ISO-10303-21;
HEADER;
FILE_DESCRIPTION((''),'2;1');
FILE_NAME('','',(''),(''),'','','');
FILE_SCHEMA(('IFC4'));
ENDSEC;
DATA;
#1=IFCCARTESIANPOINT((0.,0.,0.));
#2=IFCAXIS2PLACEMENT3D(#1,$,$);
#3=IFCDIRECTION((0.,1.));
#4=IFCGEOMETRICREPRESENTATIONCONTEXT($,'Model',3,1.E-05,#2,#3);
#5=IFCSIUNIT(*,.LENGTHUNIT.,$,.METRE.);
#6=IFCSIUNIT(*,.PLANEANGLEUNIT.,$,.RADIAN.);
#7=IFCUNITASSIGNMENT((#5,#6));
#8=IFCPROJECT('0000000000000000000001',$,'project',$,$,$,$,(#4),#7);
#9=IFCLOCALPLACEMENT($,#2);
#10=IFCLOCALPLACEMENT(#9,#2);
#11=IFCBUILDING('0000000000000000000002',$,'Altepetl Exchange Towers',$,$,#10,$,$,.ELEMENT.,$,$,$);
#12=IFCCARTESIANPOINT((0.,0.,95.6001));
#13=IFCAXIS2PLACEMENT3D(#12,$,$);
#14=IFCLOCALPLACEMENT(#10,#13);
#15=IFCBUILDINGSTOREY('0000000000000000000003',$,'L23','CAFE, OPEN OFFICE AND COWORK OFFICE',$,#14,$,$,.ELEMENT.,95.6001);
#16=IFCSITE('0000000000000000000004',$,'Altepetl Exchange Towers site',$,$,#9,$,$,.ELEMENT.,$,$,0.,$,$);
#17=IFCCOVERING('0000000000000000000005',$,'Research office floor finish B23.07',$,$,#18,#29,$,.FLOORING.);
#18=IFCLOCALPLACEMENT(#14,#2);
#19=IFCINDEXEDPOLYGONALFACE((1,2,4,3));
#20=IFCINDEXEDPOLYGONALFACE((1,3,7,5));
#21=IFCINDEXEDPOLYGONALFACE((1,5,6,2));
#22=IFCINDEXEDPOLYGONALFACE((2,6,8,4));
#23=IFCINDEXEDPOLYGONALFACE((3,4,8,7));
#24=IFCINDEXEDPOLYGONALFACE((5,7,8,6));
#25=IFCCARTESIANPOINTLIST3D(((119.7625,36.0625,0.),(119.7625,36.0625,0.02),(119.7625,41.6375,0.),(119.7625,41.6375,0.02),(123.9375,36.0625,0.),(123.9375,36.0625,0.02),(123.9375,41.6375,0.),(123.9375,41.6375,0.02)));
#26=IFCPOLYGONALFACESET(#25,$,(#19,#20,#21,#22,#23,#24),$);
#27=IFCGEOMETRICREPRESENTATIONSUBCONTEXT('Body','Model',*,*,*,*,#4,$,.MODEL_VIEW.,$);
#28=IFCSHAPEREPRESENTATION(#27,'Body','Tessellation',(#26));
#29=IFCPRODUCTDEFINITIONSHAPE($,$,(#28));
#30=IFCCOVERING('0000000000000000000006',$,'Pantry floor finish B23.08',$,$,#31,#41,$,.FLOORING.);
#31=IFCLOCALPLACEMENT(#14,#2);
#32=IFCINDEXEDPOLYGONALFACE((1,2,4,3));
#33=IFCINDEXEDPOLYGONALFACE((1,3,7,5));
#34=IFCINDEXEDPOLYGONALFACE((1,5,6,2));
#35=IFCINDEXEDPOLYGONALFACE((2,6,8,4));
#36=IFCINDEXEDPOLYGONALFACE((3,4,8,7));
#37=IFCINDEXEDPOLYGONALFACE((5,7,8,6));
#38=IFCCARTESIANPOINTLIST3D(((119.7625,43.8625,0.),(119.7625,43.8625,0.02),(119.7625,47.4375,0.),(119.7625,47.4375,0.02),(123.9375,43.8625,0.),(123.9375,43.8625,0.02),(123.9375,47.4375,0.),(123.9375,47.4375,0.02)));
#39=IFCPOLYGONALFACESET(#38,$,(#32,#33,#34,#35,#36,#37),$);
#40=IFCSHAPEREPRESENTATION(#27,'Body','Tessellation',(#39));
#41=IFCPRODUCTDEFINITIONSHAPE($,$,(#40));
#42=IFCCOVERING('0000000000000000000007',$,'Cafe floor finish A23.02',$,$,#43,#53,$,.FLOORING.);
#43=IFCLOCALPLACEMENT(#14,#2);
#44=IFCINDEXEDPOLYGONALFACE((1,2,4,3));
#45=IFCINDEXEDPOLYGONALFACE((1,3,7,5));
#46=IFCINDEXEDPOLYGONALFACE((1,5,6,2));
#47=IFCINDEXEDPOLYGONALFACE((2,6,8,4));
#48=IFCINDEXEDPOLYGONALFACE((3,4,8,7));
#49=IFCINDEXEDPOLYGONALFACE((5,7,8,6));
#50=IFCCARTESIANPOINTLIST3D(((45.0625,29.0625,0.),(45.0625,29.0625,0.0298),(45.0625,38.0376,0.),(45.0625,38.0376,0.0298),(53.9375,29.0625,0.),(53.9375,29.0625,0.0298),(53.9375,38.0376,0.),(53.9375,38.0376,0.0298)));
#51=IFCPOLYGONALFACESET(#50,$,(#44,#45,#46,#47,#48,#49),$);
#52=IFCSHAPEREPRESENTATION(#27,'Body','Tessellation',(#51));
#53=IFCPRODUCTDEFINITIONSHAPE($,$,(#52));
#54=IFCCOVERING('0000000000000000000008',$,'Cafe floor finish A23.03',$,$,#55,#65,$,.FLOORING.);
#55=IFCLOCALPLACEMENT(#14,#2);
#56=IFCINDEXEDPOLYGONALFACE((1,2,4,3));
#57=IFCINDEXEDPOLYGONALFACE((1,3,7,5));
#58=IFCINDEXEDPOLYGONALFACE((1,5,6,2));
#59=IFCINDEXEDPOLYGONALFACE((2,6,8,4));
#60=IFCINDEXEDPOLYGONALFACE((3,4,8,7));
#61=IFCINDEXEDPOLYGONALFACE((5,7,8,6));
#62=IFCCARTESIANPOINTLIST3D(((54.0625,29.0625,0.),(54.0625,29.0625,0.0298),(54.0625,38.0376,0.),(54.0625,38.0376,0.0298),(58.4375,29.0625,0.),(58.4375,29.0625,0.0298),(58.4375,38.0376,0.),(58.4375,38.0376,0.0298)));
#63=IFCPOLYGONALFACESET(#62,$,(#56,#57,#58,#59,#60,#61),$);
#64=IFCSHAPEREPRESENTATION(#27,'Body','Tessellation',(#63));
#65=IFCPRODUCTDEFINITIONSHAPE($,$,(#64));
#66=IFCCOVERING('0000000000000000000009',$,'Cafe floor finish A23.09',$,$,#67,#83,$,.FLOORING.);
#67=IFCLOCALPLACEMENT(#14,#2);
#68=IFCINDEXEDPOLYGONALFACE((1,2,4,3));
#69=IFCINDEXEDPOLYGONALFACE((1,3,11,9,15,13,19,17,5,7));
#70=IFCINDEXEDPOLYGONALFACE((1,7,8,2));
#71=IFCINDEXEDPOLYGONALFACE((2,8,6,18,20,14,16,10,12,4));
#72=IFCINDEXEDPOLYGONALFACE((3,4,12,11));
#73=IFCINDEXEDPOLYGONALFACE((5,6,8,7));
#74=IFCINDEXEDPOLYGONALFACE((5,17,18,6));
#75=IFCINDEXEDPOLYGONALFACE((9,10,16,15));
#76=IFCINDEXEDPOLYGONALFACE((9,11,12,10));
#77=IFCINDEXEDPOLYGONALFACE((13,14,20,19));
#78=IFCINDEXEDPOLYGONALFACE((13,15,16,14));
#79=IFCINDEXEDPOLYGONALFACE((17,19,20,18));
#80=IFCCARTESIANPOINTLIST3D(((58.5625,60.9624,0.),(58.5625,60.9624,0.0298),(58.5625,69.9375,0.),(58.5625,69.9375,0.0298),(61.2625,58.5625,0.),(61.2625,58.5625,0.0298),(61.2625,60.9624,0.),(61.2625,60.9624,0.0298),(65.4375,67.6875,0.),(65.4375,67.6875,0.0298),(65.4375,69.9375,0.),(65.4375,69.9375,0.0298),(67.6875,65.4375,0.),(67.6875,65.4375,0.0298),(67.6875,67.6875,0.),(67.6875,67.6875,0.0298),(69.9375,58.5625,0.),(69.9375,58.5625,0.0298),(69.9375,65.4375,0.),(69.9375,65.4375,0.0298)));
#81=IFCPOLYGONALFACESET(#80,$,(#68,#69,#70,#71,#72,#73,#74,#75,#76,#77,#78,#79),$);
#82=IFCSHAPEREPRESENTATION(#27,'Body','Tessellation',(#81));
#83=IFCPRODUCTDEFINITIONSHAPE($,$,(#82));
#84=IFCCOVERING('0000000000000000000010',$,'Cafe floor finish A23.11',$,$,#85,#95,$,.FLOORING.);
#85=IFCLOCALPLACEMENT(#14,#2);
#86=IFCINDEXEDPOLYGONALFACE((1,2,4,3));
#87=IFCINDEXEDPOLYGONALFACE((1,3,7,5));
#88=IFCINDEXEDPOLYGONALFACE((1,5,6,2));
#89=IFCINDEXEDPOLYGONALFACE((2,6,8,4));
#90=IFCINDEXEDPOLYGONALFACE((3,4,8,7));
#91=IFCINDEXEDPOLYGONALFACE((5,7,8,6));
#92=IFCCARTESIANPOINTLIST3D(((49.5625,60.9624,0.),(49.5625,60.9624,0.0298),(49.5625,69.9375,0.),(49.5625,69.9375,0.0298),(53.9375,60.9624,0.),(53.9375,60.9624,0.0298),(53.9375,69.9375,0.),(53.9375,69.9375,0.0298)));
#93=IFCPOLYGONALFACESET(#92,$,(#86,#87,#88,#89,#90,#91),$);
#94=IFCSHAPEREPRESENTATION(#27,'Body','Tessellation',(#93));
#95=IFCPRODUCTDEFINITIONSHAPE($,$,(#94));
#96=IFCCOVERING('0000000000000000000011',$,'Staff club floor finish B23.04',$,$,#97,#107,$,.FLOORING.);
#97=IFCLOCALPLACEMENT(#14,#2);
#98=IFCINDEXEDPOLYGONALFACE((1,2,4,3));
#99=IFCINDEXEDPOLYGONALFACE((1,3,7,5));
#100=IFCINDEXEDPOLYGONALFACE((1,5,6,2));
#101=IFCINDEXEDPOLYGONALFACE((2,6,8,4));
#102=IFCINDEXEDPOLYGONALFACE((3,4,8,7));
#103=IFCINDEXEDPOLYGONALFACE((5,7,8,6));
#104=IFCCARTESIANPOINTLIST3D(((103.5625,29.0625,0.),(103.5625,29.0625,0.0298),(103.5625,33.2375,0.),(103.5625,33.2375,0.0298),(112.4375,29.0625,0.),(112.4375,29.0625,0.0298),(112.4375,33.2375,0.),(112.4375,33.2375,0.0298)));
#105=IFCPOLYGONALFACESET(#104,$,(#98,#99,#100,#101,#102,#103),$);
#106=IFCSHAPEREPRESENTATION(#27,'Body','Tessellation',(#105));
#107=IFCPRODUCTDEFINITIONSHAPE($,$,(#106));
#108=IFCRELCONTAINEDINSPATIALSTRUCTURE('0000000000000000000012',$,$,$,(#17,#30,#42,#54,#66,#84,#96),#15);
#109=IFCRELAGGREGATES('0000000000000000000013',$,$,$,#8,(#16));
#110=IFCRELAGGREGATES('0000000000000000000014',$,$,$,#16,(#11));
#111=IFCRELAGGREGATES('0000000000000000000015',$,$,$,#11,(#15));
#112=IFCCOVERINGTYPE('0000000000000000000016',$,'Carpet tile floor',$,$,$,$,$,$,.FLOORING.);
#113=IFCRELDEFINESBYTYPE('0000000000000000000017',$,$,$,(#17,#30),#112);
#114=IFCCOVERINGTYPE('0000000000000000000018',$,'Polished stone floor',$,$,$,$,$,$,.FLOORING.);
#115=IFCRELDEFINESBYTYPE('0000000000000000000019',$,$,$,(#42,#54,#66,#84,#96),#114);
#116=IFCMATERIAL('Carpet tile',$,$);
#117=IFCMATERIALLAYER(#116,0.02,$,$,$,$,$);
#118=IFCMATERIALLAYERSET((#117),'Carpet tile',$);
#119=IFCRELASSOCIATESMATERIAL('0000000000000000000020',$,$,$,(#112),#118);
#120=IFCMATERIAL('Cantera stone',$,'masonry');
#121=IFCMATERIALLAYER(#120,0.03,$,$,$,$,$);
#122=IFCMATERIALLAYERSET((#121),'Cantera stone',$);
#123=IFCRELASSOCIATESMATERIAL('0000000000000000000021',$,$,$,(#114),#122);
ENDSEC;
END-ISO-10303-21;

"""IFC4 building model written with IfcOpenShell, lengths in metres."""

from ifc_helpers import new_model, si_unit, direction, frame, origin, place, context, subcontext, project, spatial, polyline, outline, extrude, material, layer, layer_set, type_object, element, save


model = new_model("IFC4")

# Units and contexts
model_context = context("Model", 3, precision=1e-05, world=origin(), true_north=direction((0.0, 1.0)))
body_context = subcontext(model_context, "Body", "Model", "MODEL_VIEW")
ifc_project = project(units=[si_unit("LENGTHUNIT", "METRE"), si_unit("PLANEANGLEUNIT", "RADIAN")], contexts=[model_context])

# Site, building, storey
site_placement = place(None, origin())
site = spatial("IfcSite", under=ifc_project, at=site_placement, Name="Altepetl Exchange Towers site", CompositionType="ELEMENT", RefElevation=0.0)
building_placement = place(site_placement, origin())
building = spatial("IfcBuilding", under=site, at=building_placement, Name="Altepetl Exchange Towers", CompositionType="ELEMENT")
storey_placement = place(building_placement, frame((0.0, 0.0, 95.6001)))
storey = spatial("IfcBuildingStorey", under=building, at=storey_placement, Name="L23", Description="CAFE, OPEN OFFICE AND COWORK OFFICE", CompositionType="ELEMENT", Elevation=95.6001)

# Coverings
ifc_material_1 = material(Name="Carpet tile")
ifc_layer_1 = layer(ifc_material_1, 0.02)
ifc_layer_set_1 = layer_set([ifc_layer_1], Name="Carpet tile")
covering_type_1 = type_object("IfcCoveringType", Name="Carpet tile floor", PredefinedType="FLOORING", material=ifc_layer_set_1)
covering_1_placement = place(storey_placement, origin())
element("IfcCovering", 1, at=covering_1_placement, inside=storey, type_object=covering_type_1, Name="Research office floor finish B23.07", PredefinedType="FLOORING", context=body_context, shape_type="SweptSolid", body=[
    extrude(outline(polyline([(119.7625, 41.6375), (119.7625, 36.0625), (123.9375, 36.0625), (123.9375, 41.6375), (119.7625, 41.6375)])), origin(), (0.0, 0.0, 1.0), 0.02),
])
covering_2_placement = place(storey_placement, origin())
element("IfcCovering", 2, at=covering_2_placement, inside=storey, type_object=covering_type_1, Name="Pantry floor finish B23.08", PredefinedType="FLOORING", context=body_context, shape_type="SweptSolid", body=[
    extrude(outline(polyline([(119.7625, 47.4375), (119.7625, 43.8625), (123.9375, 43.8625), (123.9375, 47.4375), (119.7625, 47.4375)])), origin(), (0.0, 0.0, 1.0), 0.02),
])
ifc_material_2 = material(Name="Cantera stone", Category="masonry")
ifc_layer_2 = layer(ifc_material_2, 0.03)
ifc_layer_set_2 = layer_set([ifc_layer_2], Name="Cantera stone")
covering_type_2 = type_object("IfcCoveringType", Name="Polished stone floor", PredefinedType="FLOORING", material=ifc_layer_set_2)
covering_3_placement = place(storey_placement, origin())
element("IfcCovering", 3, at=covering_3_placement, inside=storey, type_object=covering_type_2, Name="Cafe floor finish A23.02", PredefinedType="FLOORING", context=body_context, shape_type="SweptSolid", body=[
    extrude(outline(polyline([(45.0625, 38.0376), (45.0625, 29.0625), (53.9375, 29.0625), (53.9375, 38.0376), (45.0625, 38.0376)])), origin(), (0.0, 0.0, 1.0), 0.0298),
])
covering_4_placement = place(storey_placement, origin())
element("IfcCovering", 4, at=covering_4_placement, inside=storey, type_object=covering_type_2, Name="Cafe floor finish A23.03", PredefinedType="FLOORING", context=body_context, shape_type="SweptSolid", body=[
    extrude(outline(polyline([(54.0625, 38.0376), (54.0625, 29.0625), (58.4375, 29.0625), (58.4375, 38.0376), (54.0625, 38.0376)])), origin(), (0.0, 0.0, 1.0), 0.0298),
])
covering_5_placement = place(storey_placement, origin())
element("IfcCovering", 5, at=covering_5_placement, inside=storey, type_object=covering_type_2, Name="Cafe floor finish A23.09", PredefinedType="FLOORING", context=body_context, shape_type="SweptSolid", body=[
    extrude(outline(polyline([(65.4375, 69.9375), (58.5625, 69.9375), (58.5625, 60.9624), (61.2625, 60.9624), (61.2625, 58.5625), (69.9375, 58.5625), (69.9375, 65.4375), (67.6875, 65.4375), (67.6875, 67.6875), (65.4375, 67.6875), (65.4375, 69.9375)])), origin(), (0.0, 0.0, 1.0), 0.0298),
])
covering_6_placement = place(storey_placement, origin())
element("IfcCovering", 6, at=covering_6_placement, inside=storey, type_object=covering_type_2, Name="Cafe floor finish A23.11", PredefinedType="FLOORING", context=body_context, shape_type="SweptSolid", body=[
    extrude(outline(polyline([(53.9375, 60.9624), (53.9375, 69.9375), (49.5625, 69.9375), (49.5625, 60.9624), (53.9375, 60.9624)])), origin(), (0.0, 0.0, 1.0), 0.0298),
])
covering_7_placement = place(storey_placement, origin())
element("IfcCovering", 7, at=covering_7_placement, inside=storey, type_object=covering_type_2, Name="Staff club floor finish B23.04", PredefinedType="FLOORING", context=body_context, shape_type="SweptSolid", body=[
    extrude(outline(polyline([(103.5625, 33.2375), (103.5625, 29.0625), (112.4375, 29.0625), (112.4375, 33.2375), (103.5625, 33.2375)])), origin(), (0.0, 0.0, 1.0), 0.0298),
])

save(model, "model.ifc")
